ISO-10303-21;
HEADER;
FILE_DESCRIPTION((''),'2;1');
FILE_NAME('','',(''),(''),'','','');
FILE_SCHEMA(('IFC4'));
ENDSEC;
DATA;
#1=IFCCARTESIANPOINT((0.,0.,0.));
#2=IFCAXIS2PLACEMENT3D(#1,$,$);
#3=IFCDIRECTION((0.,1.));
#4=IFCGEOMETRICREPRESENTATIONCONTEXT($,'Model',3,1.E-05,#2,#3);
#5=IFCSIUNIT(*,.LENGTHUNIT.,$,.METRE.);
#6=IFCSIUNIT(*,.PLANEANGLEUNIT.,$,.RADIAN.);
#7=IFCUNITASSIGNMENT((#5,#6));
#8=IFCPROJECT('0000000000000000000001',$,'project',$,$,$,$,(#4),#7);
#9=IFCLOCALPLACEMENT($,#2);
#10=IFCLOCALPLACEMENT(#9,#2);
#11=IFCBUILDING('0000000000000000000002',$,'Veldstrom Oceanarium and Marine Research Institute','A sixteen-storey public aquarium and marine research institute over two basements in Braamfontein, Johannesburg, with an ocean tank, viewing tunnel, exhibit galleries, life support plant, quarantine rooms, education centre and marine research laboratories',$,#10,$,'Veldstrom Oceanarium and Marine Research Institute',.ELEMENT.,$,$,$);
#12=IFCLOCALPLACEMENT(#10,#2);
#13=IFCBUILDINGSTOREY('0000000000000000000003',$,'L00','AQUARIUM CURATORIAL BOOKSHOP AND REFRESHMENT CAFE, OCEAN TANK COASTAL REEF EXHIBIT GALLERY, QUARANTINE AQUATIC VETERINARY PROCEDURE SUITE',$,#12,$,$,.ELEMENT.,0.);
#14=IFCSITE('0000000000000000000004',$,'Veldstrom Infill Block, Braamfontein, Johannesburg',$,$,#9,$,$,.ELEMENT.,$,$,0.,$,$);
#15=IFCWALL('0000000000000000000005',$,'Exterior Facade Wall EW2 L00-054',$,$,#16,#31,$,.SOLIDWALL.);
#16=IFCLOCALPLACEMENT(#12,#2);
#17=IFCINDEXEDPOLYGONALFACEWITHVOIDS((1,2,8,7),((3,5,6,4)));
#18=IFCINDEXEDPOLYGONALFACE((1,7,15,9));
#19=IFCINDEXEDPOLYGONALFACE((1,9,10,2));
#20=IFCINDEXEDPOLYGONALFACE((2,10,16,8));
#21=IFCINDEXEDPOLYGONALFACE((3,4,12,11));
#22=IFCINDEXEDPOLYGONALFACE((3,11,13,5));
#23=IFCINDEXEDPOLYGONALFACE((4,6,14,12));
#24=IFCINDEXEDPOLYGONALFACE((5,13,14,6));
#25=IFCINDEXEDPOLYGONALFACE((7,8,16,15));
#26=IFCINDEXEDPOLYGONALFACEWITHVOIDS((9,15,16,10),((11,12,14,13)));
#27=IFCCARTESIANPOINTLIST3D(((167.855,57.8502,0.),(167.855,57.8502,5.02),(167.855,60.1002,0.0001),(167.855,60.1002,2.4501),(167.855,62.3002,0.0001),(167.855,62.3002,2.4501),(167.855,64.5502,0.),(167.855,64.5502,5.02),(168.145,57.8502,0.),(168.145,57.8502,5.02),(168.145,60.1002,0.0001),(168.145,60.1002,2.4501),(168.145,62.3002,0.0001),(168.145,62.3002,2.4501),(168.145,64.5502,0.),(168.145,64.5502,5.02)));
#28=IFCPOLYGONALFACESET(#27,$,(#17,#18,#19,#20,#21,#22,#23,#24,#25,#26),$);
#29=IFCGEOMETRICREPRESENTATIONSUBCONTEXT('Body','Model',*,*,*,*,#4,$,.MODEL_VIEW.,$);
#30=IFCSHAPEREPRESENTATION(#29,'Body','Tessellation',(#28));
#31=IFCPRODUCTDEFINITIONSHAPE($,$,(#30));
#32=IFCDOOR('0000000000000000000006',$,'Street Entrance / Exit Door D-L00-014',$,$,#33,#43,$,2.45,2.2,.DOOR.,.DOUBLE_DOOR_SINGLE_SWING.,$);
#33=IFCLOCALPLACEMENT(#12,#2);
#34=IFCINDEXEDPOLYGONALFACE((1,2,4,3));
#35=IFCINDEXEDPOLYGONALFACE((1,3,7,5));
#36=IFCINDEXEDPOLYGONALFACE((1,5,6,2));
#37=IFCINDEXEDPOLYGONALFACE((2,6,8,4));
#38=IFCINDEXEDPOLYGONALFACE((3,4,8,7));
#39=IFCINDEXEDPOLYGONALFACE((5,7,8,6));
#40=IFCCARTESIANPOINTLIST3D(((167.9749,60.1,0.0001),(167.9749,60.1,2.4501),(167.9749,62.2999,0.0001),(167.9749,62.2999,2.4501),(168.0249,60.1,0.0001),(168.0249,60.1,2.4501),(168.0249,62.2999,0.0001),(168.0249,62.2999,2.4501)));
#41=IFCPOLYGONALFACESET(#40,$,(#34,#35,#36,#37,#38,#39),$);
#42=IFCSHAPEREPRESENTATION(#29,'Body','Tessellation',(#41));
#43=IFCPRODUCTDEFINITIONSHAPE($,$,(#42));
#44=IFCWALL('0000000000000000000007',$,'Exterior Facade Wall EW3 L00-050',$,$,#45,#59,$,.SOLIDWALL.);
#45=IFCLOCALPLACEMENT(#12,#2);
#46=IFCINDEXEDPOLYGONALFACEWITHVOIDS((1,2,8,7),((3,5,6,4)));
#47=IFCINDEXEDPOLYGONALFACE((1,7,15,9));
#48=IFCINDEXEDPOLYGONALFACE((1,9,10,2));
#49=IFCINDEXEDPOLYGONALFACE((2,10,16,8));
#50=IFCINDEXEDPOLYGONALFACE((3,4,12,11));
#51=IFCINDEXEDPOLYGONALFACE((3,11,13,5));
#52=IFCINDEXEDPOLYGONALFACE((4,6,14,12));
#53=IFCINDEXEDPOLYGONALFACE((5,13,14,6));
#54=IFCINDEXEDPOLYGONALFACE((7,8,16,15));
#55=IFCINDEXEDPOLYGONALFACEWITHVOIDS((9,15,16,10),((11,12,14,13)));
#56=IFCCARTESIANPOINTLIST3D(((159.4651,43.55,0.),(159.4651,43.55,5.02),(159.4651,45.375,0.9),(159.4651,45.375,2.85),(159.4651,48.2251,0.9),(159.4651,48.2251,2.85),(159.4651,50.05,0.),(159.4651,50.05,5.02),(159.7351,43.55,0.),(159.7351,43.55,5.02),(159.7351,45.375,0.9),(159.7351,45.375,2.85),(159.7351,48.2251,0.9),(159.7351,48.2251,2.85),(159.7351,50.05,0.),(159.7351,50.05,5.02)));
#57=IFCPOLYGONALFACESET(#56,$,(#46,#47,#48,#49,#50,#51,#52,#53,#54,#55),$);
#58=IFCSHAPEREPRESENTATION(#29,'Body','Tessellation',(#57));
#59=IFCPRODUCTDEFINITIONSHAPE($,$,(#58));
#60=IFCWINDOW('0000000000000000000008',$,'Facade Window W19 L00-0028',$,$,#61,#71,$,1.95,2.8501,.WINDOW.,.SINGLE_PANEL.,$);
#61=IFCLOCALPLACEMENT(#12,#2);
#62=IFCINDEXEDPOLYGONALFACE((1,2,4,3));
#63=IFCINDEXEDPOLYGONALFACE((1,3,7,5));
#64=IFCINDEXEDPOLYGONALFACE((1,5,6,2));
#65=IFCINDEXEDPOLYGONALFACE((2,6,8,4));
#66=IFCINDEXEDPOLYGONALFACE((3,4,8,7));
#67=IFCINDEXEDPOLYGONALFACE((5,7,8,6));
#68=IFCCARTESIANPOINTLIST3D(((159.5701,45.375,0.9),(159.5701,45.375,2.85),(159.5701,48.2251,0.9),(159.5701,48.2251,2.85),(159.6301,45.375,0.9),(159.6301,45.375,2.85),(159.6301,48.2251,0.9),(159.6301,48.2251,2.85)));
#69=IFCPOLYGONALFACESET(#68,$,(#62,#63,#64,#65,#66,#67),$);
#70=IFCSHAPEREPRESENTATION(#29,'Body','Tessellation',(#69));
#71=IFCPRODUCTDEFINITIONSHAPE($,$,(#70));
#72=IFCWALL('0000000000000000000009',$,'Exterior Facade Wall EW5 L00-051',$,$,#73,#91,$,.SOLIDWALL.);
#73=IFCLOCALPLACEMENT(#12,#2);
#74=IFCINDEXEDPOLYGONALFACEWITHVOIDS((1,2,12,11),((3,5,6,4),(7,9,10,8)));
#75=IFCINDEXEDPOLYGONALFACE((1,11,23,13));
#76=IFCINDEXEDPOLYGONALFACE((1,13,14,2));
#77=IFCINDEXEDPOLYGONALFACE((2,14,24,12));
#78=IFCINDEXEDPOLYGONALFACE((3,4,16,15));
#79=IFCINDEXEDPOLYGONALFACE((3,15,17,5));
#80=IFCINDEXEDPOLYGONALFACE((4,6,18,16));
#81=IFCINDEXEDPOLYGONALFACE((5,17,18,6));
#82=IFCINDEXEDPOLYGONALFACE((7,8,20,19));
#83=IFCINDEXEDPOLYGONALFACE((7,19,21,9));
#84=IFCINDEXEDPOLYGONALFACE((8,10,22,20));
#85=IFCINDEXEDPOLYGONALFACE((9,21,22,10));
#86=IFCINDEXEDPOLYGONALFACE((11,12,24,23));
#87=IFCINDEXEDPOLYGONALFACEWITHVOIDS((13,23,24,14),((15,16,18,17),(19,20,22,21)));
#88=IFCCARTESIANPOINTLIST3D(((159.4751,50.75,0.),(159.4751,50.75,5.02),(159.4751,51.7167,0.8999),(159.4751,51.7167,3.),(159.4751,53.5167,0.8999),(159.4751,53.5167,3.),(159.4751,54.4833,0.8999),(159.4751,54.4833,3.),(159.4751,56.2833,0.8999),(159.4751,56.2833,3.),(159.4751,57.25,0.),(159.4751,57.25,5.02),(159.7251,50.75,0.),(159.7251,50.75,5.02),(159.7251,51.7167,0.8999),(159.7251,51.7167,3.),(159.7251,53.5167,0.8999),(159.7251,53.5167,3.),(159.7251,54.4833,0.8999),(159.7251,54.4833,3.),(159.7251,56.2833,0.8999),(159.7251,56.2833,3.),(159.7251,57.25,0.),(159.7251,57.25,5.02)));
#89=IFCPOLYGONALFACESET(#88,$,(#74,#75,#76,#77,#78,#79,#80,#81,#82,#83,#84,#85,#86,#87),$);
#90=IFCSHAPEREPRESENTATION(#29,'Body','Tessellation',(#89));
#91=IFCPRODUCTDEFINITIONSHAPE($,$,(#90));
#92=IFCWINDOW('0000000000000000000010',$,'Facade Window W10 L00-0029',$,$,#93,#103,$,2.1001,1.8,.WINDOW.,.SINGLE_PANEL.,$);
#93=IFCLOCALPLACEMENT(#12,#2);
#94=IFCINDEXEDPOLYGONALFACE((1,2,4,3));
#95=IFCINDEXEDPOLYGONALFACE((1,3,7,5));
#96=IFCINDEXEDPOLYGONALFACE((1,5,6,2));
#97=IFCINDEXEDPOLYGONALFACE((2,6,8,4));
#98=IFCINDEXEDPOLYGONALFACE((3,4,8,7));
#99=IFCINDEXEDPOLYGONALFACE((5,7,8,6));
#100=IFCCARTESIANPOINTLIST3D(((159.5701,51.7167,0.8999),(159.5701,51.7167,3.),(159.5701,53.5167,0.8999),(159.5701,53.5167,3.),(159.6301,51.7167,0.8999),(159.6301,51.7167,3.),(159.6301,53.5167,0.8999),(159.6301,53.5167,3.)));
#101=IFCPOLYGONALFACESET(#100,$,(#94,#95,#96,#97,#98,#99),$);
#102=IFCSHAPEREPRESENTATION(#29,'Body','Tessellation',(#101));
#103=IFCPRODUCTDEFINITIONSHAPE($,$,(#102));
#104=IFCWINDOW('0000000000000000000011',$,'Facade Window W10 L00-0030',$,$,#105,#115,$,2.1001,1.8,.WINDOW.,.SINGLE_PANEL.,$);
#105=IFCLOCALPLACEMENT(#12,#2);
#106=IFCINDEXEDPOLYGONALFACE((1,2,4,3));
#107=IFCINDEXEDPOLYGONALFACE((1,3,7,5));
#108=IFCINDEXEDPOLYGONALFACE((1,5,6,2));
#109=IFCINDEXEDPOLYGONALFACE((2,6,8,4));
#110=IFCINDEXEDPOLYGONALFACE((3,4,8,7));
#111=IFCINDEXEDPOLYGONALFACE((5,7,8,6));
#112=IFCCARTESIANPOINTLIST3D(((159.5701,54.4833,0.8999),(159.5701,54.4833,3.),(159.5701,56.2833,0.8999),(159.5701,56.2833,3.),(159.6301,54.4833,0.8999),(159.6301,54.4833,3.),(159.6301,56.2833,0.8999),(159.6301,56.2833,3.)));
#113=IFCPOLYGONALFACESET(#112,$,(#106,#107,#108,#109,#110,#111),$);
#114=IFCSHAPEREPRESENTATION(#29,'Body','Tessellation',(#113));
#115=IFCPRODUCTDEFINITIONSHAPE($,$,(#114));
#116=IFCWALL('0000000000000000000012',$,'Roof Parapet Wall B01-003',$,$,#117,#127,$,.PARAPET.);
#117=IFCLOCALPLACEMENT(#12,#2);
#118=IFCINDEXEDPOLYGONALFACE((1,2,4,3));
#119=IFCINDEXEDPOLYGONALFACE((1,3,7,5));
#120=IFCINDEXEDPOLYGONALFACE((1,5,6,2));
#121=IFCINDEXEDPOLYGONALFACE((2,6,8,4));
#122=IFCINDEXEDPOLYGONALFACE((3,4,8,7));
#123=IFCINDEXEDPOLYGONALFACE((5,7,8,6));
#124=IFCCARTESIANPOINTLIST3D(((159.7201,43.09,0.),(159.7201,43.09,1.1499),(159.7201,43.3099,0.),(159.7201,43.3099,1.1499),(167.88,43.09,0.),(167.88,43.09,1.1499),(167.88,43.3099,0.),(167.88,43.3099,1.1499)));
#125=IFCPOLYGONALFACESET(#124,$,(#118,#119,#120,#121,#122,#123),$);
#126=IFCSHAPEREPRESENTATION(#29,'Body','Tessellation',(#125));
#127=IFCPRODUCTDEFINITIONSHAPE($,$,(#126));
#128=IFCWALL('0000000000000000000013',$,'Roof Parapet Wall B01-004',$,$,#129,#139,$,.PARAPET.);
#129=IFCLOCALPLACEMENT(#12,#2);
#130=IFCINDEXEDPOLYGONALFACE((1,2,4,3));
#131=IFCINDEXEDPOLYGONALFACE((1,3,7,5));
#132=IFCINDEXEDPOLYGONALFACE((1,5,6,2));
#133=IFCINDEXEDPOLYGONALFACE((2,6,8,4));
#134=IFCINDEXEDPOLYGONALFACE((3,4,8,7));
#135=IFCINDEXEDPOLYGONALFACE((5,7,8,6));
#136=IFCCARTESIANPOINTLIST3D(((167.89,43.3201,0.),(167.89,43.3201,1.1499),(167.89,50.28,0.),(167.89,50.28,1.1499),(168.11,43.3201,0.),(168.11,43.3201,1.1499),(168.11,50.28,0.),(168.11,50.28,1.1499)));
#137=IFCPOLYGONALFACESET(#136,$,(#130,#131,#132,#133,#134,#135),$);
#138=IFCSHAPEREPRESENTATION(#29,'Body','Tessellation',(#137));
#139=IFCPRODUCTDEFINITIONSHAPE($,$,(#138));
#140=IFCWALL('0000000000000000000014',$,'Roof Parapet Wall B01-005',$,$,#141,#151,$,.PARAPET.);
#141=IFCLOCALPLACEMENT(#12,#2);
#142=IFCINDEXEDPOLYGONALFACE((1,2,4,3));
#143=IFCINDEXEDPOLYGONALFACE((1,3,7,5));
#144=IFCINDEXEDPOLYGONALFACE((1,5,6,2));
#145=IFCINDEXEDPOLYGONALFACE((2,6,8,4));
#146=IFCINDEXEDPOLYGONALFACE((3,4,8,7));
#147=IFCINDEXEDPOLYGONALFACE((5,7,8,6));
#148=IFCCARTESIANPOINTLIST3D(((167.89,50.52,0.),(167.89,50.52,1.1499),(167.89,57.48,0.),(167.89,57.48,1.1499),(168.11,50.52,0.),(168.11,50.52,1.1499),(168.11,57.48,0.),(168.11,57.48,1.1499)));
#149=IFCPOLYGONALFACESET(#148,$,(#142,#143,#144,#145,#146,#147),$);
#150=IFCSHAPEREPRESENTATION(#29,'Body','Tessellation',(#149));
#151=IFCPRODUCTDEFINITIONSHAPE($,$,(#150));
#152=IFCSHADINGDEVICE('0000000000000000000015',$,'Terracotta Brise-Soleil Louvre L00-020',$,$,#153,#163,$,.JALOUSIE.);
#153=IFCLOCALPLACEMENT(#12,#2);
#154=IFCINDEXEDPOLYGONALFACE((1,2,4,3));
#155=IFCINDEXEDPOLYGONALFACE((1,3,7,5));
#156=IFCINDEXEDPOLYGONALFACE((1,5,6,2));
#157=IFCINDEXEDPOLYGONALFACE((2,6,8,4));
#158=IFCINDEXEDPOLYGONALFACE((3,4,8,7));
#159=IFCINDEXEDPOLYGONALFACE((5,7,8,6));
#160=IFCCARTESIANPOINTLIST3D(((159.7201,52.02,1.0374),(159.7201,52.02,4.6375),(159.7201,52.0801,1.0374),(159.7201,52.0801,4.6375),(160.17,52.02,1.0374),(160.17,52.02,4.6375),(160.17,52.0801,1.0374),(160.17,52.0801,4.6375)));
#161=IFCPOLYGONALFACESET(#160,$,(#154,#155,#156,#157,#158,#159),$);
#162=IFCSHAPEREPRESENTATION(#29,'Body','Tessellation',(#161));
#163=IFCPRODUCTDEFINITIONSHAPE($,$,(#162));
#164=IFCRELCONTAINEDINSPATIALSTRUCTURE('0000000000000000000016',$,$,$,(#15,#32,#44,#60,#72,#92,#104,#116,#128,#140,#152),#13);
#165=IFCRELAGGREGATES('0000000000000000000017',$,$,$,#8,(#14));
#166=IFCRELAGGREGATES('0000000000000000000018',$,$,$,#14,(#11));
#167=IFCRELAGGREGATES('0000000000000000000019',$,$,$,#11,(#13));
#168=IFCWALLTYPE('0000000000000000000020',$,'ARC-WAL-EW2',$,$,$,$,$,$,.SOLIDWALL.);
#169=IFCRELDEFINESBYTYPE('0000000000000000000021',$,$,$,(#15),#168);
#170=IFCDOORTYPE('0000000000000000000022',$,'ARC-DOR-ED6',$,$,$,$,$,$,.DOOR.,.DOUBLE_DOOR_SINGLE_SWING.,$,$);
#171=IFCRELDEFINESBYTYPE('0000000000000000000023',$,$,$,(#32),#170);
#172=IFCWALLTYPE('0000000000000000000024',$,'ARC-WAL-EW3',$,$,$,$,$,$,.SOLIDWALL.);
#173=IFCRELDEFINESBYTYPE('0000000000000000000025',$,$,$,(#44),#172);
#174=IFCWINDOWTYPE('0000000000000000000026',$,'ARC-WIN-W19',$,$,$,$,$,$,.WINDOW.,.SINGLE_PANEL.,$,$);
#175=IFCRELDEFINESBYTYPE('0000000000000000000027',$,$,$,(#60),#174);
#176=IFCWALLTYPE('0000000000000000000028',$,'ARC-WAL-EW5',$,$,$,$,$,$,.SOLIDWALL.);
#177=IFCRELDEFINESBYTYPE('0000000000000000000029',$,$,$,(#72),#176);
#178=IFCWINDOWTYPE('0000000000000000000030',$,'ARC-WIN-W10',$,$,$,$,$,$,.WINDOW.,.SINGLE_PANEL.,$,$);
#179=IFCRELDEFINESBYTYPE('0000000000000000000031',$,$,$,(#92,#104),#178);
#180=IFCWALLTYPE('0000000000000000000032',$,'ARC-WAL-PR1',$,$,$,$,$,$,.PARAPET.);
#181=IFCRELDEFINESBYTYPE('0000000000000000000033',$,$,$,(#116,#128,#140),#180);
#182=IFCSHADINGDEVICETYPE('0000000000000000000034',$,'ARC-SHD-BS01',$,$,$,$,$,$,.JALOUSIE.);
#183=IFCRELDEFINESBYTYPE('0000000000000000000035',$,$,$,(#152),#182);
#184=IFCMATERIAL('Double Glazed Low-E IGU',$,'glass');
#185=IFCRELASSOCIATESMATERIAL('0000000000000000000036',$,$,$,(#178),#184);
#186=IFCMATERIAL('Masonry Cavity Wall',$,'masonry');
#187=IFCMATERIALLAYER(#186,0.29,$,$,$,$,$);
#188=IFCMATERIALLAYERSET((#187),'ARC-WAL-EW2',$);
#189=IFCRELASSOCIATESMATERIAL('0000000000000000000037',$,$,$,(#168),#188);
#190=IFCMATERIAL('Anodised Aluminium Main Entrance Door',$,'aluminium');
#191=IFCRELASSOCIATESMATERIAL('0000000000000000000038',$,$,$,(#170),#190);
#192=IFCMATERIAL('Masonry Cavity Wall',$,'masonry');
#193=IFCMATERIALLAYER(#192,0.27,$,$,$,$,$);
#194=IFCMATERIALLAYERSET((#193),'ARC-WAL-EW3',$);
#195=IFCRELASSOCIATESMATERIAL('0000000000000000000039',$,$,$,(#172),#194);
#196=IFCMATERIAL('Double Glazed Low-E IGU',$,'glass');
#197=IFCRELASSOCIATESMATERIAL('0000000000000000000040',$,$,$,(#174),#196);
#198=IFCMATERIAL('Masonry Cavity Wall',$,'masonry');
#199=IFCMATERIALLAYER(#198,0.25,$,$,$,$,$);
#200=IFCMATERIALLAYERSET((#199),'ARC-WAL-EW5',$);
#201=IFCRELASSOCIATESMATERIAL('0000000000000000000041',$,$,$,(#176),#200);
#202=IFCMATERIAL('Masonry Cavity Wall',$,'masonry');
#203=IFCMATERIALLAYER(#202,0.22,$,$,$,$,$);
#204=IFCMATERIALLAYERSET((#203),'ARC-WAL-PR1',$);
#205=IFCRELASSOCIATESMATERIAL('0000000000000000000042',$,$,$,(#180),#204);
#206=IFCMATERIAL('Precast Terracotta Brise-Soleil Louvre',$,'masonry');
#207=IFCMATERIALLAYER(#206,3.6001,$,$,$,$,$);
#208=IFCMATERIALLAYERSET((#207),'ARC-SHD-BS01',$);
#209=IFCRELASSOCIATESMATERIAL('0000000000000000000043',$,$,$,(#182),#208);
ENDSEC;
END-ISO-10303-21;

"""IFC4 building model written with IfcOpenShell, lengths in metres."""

from ifc_helpers import new_model, si_unit, direction, frame, frame_2d, origin, origin_2d, place, context, subcontext, project, spatial, rectangle, extrude, material, layer, layer_set, type_object, element, fill, save


model = new_model("IFC4")

# Units and contexts
model_context = context("Model", 3, precision=1e-05, world=origin(), true_north=direction((0.0, 1.0)))
body_context = subcontext(model_context, "Body", "Model", "MODEL_VIEW")
ifc_project = project(units=[si_unit("LENGTHUNIT", "METRE"), si_unit("PLANEANGLEUNIT", "RADIAN")], contexts=[model_context])

# Site, building, storey
site_placement = place(None, origin())
site = spatial("IfcSite", under=ifc_project, at=site_placement, Name="Veldstrom Infill Block, Braamfontein, Johannesburg", CompositionType="ELEMENT", RefElevation=0.0)
building_placement = place(site_placement, origin())
building = spatial("IfcBuilding", under=site, at=building_placement, Name="Veldstrom Oceanarium and Marine Research Institute", Description="A sixteen-storey public aquarium and marine research institute over two basements in Braamfontein, Johannesburg, with an ocean tank, viewing tunnel, exhibit galleries, life support plant, quarantine rooms, education centre and marine research laboratories", LongName="Veldstrom Oceanarium and Marine Research Institute", CompositionType="ELEMENT")
storey_placement = place(building_placement, origin())
storey = spatial("IfcBuildingStorey", under=building, at=storey_placement, Name="L00", Description="AQUARIUM CURATORIAL BOOKSHOP AND REFRESHMENT CAFE, OCEAN TANK COASTAL REEF EXHIBIT GALLERY, QUARANTINE AQUATIC VETERINARY PROCEDURE SUITE", CompositionType="ELEMENT", Elevation=0.0)

# Shared definitions
ifc_material_1 = material(Name="Double Glazed Low-E IGU", Category="glass")
window_type_1 = type_object("IfcWindowType", Name="ARC-WIN-W10", PartitioningType="SINGLE_PANEL", PredefinedType="WINDOW", material=ifc_material_1)

# Wall, opening, door
ifc_material_2 = material(Name="Masonry Cavity Wall", Category="masonry")
ifc_layer_1 = layer(ifc_material_2, 0.29)
ifc_layer_set_1 = layer_set([ifc_layer_1], Name="ARC-WAL-EW2")
wall_type_1 = type_object("IfcWallType", Name="ARC-WAL-EW2", PredefinedType="SOLIDWALL", material=ifc_layer_set_1)
wall_1_placement = place(storey_placement, frame((168.0, 57.8501, 0.0), z_axis=(0.0, 0.0, 1.0), x_axis=(0.0, 1.0, 0.0)))
wall_1 = element("IfcWall", 1, at=wall_1_placement, inside=storey, type_object=wall_type_1, Name="Exterior Facade Wall EW2 L00-054", PredefinedType="SOLIDWALL", context=body_context, shape_type="SweptSolid", body=[
    extrude(rectangle(XDim=6.7, YDim=0.29, at=frame_2d((3.3501, 0.0))), origin(), (0.0, 0.0, 1.0), 5.02),
])
opening_1_placement = place(wall_1_placement, frame((2.25, 0.0, 0.0)))
opening_1 = element("IfcOpeningElement", 2, at=opening_1_placement, cuts=wall_1, PredefinedType="OPENING", context=body_context, shape_type="SweptSolid", body=[
    extrude(rectangle(XDim=2.2, YDim=2.45, at=frame_2d((1.1001, 1.2251))), frame((0.0, 0.155, 0.0), z_axis=(0.0, -1.0, 0.0), x_axis=(1.0, 0.0, 0.0)), (0.0, 0.0, 1.0), 0.3101),
])
ifc_material_3 = material(Name="Anodised Aluminium Main Entrance Door", Category="aluminium")
door_type = type_object("IfcDoorType", Name="ARC-DOR-ED6", OperationType="DOUBLE_DOOR_SINGLE_SWING", PredefinedType="DOOR", material=ifc_material_3)
door_placement = place(opening_1_placement, frame((2.2, 0.0, 0.0), z_axis=(0.0, 0.0, 1.0), x_axis=(-1.0, 0.0, 0.0)))
door = element("IfcDoor", 3, at=door_placement, inside=storey, type_object=door_type, Name="Street Entrance / Exit Door D-L00-014", OperationType="DOUBLE_DOOR_SINGLE_SWING", OverallHeight=2.45, OverallWidth=2.2, PredefinedType="DOOR", context=body_context, shape_type="SweptSolid", body=[
    extrude(rectangle(XDim=2.2, YDim=2.45, at=frame_2d((1.1001, 1.2251))), frame((0.0, 0.0249, 0.0), z_axis=(0.0, -1.0, 0.0), x_axis=(1.0, 0.0, 0.0)), (0.0, 0.0, 1.0), 0.05),
])
fill(opening_1, door)

# Wall, opening, window
ifc_material_4 = material(Name="Masonry Cavity Wall", Category="masonry")
ifc_layer_2 = layer(ifc_material_4, 0.27)
ifc_layer_set_2 = layer_set([ifc_layer_2], Name="ARC-WAL-EW3")
wall_type_2 = type_object("IfcWallType", Name="ARC-WAL-EW3", PredefinedType="SOLIDWALL", material=ifc_layer_set_2)
wall_2_placement = place(storey_placement, frame((159.6001, 43.55, 0.0), z_axis=(0.0, 0.0, 1.0), x_axis=(0.0, 1.0, 0.0)))
wall_2 = element("IfcWall", 4, at=wall_2_placement, inside=storey, type_object=wall_type_2, Name="Exterior Facade Wall EW3 L00-050", PredefinedType="SOLIDWALL", context=body_context, shape_type="SweptSolid", body=[
    extrude(rectangle(XDim=6.5, YDim=0.27, at=frame_2d((3.25, 0.0))), origin(), (0.0, 0.0, 1.0), 5.02),
])
opening_2_placement = place(wall_2_placement, frame((1.825, 0.0, 0.8999)))
opening_2 = element("IfcOpeningElement", 5, at=opening_2_placement, cuts=wall_2, PredefinedType="OPENING", context=body_context, shape_type="SweptSolid", body=[
    extrude(rectangle(XDim=2.8501, YDim=1.95, at=frame_2d((1.425, 0.9751))), frame((0.0, 0.145, 0.0), z_axis=(0.0, -1.0, 0.0), x_axis=(1.0, 0.0, 0.0)), (0.0, 0.0, 1.0), 0.29),
])
ifc_material_5 = material(Name="Double Glazed Low-E IGU", Category="glass")
window_type_2 = type_object("IfcWindowType", Name="ARC-WIN-W19", PartitioningType="SINGLE_PANEL", PredefinedType="WINDOW", material=ifc_material_5)
window_1_placement = place(opening_2_placement, origin())
window_1 = element("IfcWindow", 6, at=window_1_placement, inside=storey, type_object=window_type_2, Name="Facade Window W19 L00-0028", OverallHeight=1.95, OverallWidth=2.8501, PartitioningType="SINGLE_PANEL", PredefinedType="WINDOW", context=body_context, shape_type="SweptSolid", body=[
    extrude(rectangle(XDim=2.8501, YDim=1.95, at=frame_2d((1.425, 0.9751))), frame((0.0, 0.03, 0.0), z_axis=(0.0, -1.0, 0.0), x_axis=(1.0, 0.0, 0.0)), (0.0, 0.0, 1.0), 0.0601),
])
fill(opening_2, window_1)

# Wall, openings, windows
ifc_material_6 = material(Name="Masonry Cavity Wall", Category="masonry")
ifc_layer_3 = layer(ifc_material_6, 0.25)
ifc_layer_set_3 = layer_set([ifc_layer_3], Name="ARC-WAL-EW5")
wall_type_3 = type_object("IfcWallType", Name="ARC-WAL-EW5", PredefinedType="SOLIDWALL", material=ifc_layer_set_3)
wall_3_placement = place(storey_placement, frame((159.6001, 50.75, 0.0), z_axis=(0.0, 0.0, 1.0), x_axis=(0.0, 1.0, 0.0)))
wall_3 = element("IfcWall", 7, at=wall_3_placement, inside=storey, type_object=wall_type_3, Name="Exterior Facade Wall EW5 L00-051", PredefinedType="SOLIDWALL", context=body_context, shape_type="SweptSolid", body=[
    extrude(rectangle(XDim=6.5, YDim=0.25, at=frame_2d((3.25, 0.0))), origin(), (0.0, 0.0, 1.0), 5.02),
])
opening_3_placement = place(wall_3_placement, frame((0.9668, 0.0, 0.8999)))
opening_3 = element("IfcOpeningElement", 8, at=opening_3_placement, cuts=wall_3, PredefinedType="OPENING", context=body_context, shape_type="SweptSolid", body=[
    extrude(rectangle(XDim=1.8, YDim=2.1001, at=frame_2d((0.8999, 1.05))), frame((0.0, 0.135, 0.0), z_axis=(0.0, -1.0, 0.0), x_axis=(1.0, 0.0, 0.0)), (0.0, 0.0, 1.0), 0.27),
])
opening_4_placement = place(wall_3_placement, frame((3.7334, 0.0, 0.8999)))
opening_4 = element("IfcOpeningElement", 9, at=opening_4_placement, cuts=wall_3, PredefinedType="OPENING", context=body_context, shape_type="SweptSolid", body=[
    extrude(rectangle(XDim=1.8, YDim=2.1001, at=frame_2d((0.8999, 1.05))), frame((0.0, 0.135, 0.0), z_axis=(0.0, -1.0, 0.0), x_axis=(1.0, 0.0, 0.0)), (0.0, 0.0, 1.0), 0.27),
])
window_2_placement = place(opening_3_placement, origin())
window_2 = element("IfcWindow", 10, at=window_2_placement, inside=storey, type_object=window_type_1, Name="Facade Window W10 L00-0029", OverallHeight=2.1001, OverallWidth=1.8, PartitioningType="SINGLE_PANEL", PredefinedType="WINDOW", context=body_context, shape_type="SweptSolid", body=[
    extrude(rectangle(XDim=1.8, YDim=2.1001, at=frame_2d((0.8999, 1.05))), frame((0.0, 0.03, 0.0), z_axis=(0.0, -1.0, 0.0), x_axis=(1.0, 0.0, 0.0)), (0.0, 0.0, 1.0), 0.0601),
])
fill(opening_3, window_2)
window_3_placement = place(opening_4_placement, origin())
window_3 = element("IfcWindow", 11, at=window_3_placement, inside=storey, type_object=window_type_1, Name="Facade Window W10 L00-0030", OverallHeight=2.1001, OverallWidth=1.8, PartitioningType="SINGLE_PANEL", PredefinedType="WINDOW", context=body_context, shape_type="SweptSolid", body=[
    extrude(rectangle(XDim=1.8, YDim=2.1001, at=frame_2d((0.8999, 1.05))), frame((0.0, 0.03, 0.0), z_axis=(0.0, -1.0, 0.0), x_axis=(1.0, 0.0, 0.0)), (0.0, 0.0, 1.0), 0.0601),
])
fill(opening_4, window_3)

# Walls
ifc_material_7 = material(Name="Masonry Cavity Wall", Category="masonry")
ifc_layer_4 = layer(ifc_material_7, 0.22)
ifc_layer_set_4 = layer_set([ifc_layer_4], Name="ARC-WAL-PR1")
wall_type_4 = type_object("IfcWallType", Name="ARC-WAL-PR1", PredefinedType="PARAPET", material=ifc_layer_set_4)
wall_4_placement = place(storey_placement, frame((159.72, 43.2, 0.0), z_axis=(0.0, 0.0, 1.0), x_axis=(1.0, 0.0, 0.0)))
element("IfcWall", 12, at=wall_4_placement, inside=storey, type_object=wall_type_4, Name="Roof Parapet Wall B01-003", PredefinedType="PARAPET", context=body_context, shape_type="SweptSolid", body=[
    extrude(rectangle(XDim=8.1599, YDim=0.22, at=frame_2d((4.0801, 0.0))), origin(), (0.0, 0.0, 1.0), 1.1499),
])
for number, where, z_axis, x_axis, name in (
    (13, (168.0, 43.3201, 0.0), (0.0, 0.0, 1.0), (0.0, 1.0, 0.0), "Roof Parapet Wall B01-004"),
    (14, (168.0, 50.52, 0.0), (0.0, 0.0, 1.0), (0.0, 1.0, 0.0), "Roof Parapet Wall B01-005"),
):
    element("IfcWall", number, at=place(storey_placement, frame(where, z_axis=z_axis, x_axis=x_axis)), inside=storey, type_object=wall_type_4, Name=name, PredefinedType="PARAPET", context=body_context, shape_type="SweptSolid", body=[
        extrude(rectangle(XDim=6.96, YDim=0.22, at=frame_2d((3.48, 0.0))), origin(), (0.0, 0.0, 1.0), 1.1499),
    ])

# Shading device
ifc_material_8 = material(Name="Precast Terracotta Brise-Soleil Louvre", Category="masonry")
ifc_layer_5 = layer(ifc_material_8, 3.6001)
ifc_layer_set_5 = layer_set([ifc_layer_5], Name="ARC-SHD-BS01")
shading_device_type_1 = type_object("IfcShadingDeviceType", Name="ARC-SHD-BS01", PredefinedType="JALOUSIE", material=ifc_layer_set_5)
for number, where, z_axis, x_axis, name in (
    (15, (159.9451, 52.05, 1.0374), (0.0, 0.0, 1.0), (1.0, 0.0, 0.0), "Terracotta Brise-Soleil Louvre L00-020"),
):
    element("IfcShadingDevice", number, at=place(storey_placement, frame(where, z_axis=z_axis, x_axis=x_axis)), inside=storey, type_object=shading_device_type_1, Name=name, PredefinedType="JALOUSIE", context=body_context, shape_type="SweptSolid", body=[
        extrude(rectangle(XDim=0.45, YDim=0.0601, at=origin_2d()), origin(), (0.0, 0.0, 1.0), 3.6001),
    ])

save(model, "model.ifc")
